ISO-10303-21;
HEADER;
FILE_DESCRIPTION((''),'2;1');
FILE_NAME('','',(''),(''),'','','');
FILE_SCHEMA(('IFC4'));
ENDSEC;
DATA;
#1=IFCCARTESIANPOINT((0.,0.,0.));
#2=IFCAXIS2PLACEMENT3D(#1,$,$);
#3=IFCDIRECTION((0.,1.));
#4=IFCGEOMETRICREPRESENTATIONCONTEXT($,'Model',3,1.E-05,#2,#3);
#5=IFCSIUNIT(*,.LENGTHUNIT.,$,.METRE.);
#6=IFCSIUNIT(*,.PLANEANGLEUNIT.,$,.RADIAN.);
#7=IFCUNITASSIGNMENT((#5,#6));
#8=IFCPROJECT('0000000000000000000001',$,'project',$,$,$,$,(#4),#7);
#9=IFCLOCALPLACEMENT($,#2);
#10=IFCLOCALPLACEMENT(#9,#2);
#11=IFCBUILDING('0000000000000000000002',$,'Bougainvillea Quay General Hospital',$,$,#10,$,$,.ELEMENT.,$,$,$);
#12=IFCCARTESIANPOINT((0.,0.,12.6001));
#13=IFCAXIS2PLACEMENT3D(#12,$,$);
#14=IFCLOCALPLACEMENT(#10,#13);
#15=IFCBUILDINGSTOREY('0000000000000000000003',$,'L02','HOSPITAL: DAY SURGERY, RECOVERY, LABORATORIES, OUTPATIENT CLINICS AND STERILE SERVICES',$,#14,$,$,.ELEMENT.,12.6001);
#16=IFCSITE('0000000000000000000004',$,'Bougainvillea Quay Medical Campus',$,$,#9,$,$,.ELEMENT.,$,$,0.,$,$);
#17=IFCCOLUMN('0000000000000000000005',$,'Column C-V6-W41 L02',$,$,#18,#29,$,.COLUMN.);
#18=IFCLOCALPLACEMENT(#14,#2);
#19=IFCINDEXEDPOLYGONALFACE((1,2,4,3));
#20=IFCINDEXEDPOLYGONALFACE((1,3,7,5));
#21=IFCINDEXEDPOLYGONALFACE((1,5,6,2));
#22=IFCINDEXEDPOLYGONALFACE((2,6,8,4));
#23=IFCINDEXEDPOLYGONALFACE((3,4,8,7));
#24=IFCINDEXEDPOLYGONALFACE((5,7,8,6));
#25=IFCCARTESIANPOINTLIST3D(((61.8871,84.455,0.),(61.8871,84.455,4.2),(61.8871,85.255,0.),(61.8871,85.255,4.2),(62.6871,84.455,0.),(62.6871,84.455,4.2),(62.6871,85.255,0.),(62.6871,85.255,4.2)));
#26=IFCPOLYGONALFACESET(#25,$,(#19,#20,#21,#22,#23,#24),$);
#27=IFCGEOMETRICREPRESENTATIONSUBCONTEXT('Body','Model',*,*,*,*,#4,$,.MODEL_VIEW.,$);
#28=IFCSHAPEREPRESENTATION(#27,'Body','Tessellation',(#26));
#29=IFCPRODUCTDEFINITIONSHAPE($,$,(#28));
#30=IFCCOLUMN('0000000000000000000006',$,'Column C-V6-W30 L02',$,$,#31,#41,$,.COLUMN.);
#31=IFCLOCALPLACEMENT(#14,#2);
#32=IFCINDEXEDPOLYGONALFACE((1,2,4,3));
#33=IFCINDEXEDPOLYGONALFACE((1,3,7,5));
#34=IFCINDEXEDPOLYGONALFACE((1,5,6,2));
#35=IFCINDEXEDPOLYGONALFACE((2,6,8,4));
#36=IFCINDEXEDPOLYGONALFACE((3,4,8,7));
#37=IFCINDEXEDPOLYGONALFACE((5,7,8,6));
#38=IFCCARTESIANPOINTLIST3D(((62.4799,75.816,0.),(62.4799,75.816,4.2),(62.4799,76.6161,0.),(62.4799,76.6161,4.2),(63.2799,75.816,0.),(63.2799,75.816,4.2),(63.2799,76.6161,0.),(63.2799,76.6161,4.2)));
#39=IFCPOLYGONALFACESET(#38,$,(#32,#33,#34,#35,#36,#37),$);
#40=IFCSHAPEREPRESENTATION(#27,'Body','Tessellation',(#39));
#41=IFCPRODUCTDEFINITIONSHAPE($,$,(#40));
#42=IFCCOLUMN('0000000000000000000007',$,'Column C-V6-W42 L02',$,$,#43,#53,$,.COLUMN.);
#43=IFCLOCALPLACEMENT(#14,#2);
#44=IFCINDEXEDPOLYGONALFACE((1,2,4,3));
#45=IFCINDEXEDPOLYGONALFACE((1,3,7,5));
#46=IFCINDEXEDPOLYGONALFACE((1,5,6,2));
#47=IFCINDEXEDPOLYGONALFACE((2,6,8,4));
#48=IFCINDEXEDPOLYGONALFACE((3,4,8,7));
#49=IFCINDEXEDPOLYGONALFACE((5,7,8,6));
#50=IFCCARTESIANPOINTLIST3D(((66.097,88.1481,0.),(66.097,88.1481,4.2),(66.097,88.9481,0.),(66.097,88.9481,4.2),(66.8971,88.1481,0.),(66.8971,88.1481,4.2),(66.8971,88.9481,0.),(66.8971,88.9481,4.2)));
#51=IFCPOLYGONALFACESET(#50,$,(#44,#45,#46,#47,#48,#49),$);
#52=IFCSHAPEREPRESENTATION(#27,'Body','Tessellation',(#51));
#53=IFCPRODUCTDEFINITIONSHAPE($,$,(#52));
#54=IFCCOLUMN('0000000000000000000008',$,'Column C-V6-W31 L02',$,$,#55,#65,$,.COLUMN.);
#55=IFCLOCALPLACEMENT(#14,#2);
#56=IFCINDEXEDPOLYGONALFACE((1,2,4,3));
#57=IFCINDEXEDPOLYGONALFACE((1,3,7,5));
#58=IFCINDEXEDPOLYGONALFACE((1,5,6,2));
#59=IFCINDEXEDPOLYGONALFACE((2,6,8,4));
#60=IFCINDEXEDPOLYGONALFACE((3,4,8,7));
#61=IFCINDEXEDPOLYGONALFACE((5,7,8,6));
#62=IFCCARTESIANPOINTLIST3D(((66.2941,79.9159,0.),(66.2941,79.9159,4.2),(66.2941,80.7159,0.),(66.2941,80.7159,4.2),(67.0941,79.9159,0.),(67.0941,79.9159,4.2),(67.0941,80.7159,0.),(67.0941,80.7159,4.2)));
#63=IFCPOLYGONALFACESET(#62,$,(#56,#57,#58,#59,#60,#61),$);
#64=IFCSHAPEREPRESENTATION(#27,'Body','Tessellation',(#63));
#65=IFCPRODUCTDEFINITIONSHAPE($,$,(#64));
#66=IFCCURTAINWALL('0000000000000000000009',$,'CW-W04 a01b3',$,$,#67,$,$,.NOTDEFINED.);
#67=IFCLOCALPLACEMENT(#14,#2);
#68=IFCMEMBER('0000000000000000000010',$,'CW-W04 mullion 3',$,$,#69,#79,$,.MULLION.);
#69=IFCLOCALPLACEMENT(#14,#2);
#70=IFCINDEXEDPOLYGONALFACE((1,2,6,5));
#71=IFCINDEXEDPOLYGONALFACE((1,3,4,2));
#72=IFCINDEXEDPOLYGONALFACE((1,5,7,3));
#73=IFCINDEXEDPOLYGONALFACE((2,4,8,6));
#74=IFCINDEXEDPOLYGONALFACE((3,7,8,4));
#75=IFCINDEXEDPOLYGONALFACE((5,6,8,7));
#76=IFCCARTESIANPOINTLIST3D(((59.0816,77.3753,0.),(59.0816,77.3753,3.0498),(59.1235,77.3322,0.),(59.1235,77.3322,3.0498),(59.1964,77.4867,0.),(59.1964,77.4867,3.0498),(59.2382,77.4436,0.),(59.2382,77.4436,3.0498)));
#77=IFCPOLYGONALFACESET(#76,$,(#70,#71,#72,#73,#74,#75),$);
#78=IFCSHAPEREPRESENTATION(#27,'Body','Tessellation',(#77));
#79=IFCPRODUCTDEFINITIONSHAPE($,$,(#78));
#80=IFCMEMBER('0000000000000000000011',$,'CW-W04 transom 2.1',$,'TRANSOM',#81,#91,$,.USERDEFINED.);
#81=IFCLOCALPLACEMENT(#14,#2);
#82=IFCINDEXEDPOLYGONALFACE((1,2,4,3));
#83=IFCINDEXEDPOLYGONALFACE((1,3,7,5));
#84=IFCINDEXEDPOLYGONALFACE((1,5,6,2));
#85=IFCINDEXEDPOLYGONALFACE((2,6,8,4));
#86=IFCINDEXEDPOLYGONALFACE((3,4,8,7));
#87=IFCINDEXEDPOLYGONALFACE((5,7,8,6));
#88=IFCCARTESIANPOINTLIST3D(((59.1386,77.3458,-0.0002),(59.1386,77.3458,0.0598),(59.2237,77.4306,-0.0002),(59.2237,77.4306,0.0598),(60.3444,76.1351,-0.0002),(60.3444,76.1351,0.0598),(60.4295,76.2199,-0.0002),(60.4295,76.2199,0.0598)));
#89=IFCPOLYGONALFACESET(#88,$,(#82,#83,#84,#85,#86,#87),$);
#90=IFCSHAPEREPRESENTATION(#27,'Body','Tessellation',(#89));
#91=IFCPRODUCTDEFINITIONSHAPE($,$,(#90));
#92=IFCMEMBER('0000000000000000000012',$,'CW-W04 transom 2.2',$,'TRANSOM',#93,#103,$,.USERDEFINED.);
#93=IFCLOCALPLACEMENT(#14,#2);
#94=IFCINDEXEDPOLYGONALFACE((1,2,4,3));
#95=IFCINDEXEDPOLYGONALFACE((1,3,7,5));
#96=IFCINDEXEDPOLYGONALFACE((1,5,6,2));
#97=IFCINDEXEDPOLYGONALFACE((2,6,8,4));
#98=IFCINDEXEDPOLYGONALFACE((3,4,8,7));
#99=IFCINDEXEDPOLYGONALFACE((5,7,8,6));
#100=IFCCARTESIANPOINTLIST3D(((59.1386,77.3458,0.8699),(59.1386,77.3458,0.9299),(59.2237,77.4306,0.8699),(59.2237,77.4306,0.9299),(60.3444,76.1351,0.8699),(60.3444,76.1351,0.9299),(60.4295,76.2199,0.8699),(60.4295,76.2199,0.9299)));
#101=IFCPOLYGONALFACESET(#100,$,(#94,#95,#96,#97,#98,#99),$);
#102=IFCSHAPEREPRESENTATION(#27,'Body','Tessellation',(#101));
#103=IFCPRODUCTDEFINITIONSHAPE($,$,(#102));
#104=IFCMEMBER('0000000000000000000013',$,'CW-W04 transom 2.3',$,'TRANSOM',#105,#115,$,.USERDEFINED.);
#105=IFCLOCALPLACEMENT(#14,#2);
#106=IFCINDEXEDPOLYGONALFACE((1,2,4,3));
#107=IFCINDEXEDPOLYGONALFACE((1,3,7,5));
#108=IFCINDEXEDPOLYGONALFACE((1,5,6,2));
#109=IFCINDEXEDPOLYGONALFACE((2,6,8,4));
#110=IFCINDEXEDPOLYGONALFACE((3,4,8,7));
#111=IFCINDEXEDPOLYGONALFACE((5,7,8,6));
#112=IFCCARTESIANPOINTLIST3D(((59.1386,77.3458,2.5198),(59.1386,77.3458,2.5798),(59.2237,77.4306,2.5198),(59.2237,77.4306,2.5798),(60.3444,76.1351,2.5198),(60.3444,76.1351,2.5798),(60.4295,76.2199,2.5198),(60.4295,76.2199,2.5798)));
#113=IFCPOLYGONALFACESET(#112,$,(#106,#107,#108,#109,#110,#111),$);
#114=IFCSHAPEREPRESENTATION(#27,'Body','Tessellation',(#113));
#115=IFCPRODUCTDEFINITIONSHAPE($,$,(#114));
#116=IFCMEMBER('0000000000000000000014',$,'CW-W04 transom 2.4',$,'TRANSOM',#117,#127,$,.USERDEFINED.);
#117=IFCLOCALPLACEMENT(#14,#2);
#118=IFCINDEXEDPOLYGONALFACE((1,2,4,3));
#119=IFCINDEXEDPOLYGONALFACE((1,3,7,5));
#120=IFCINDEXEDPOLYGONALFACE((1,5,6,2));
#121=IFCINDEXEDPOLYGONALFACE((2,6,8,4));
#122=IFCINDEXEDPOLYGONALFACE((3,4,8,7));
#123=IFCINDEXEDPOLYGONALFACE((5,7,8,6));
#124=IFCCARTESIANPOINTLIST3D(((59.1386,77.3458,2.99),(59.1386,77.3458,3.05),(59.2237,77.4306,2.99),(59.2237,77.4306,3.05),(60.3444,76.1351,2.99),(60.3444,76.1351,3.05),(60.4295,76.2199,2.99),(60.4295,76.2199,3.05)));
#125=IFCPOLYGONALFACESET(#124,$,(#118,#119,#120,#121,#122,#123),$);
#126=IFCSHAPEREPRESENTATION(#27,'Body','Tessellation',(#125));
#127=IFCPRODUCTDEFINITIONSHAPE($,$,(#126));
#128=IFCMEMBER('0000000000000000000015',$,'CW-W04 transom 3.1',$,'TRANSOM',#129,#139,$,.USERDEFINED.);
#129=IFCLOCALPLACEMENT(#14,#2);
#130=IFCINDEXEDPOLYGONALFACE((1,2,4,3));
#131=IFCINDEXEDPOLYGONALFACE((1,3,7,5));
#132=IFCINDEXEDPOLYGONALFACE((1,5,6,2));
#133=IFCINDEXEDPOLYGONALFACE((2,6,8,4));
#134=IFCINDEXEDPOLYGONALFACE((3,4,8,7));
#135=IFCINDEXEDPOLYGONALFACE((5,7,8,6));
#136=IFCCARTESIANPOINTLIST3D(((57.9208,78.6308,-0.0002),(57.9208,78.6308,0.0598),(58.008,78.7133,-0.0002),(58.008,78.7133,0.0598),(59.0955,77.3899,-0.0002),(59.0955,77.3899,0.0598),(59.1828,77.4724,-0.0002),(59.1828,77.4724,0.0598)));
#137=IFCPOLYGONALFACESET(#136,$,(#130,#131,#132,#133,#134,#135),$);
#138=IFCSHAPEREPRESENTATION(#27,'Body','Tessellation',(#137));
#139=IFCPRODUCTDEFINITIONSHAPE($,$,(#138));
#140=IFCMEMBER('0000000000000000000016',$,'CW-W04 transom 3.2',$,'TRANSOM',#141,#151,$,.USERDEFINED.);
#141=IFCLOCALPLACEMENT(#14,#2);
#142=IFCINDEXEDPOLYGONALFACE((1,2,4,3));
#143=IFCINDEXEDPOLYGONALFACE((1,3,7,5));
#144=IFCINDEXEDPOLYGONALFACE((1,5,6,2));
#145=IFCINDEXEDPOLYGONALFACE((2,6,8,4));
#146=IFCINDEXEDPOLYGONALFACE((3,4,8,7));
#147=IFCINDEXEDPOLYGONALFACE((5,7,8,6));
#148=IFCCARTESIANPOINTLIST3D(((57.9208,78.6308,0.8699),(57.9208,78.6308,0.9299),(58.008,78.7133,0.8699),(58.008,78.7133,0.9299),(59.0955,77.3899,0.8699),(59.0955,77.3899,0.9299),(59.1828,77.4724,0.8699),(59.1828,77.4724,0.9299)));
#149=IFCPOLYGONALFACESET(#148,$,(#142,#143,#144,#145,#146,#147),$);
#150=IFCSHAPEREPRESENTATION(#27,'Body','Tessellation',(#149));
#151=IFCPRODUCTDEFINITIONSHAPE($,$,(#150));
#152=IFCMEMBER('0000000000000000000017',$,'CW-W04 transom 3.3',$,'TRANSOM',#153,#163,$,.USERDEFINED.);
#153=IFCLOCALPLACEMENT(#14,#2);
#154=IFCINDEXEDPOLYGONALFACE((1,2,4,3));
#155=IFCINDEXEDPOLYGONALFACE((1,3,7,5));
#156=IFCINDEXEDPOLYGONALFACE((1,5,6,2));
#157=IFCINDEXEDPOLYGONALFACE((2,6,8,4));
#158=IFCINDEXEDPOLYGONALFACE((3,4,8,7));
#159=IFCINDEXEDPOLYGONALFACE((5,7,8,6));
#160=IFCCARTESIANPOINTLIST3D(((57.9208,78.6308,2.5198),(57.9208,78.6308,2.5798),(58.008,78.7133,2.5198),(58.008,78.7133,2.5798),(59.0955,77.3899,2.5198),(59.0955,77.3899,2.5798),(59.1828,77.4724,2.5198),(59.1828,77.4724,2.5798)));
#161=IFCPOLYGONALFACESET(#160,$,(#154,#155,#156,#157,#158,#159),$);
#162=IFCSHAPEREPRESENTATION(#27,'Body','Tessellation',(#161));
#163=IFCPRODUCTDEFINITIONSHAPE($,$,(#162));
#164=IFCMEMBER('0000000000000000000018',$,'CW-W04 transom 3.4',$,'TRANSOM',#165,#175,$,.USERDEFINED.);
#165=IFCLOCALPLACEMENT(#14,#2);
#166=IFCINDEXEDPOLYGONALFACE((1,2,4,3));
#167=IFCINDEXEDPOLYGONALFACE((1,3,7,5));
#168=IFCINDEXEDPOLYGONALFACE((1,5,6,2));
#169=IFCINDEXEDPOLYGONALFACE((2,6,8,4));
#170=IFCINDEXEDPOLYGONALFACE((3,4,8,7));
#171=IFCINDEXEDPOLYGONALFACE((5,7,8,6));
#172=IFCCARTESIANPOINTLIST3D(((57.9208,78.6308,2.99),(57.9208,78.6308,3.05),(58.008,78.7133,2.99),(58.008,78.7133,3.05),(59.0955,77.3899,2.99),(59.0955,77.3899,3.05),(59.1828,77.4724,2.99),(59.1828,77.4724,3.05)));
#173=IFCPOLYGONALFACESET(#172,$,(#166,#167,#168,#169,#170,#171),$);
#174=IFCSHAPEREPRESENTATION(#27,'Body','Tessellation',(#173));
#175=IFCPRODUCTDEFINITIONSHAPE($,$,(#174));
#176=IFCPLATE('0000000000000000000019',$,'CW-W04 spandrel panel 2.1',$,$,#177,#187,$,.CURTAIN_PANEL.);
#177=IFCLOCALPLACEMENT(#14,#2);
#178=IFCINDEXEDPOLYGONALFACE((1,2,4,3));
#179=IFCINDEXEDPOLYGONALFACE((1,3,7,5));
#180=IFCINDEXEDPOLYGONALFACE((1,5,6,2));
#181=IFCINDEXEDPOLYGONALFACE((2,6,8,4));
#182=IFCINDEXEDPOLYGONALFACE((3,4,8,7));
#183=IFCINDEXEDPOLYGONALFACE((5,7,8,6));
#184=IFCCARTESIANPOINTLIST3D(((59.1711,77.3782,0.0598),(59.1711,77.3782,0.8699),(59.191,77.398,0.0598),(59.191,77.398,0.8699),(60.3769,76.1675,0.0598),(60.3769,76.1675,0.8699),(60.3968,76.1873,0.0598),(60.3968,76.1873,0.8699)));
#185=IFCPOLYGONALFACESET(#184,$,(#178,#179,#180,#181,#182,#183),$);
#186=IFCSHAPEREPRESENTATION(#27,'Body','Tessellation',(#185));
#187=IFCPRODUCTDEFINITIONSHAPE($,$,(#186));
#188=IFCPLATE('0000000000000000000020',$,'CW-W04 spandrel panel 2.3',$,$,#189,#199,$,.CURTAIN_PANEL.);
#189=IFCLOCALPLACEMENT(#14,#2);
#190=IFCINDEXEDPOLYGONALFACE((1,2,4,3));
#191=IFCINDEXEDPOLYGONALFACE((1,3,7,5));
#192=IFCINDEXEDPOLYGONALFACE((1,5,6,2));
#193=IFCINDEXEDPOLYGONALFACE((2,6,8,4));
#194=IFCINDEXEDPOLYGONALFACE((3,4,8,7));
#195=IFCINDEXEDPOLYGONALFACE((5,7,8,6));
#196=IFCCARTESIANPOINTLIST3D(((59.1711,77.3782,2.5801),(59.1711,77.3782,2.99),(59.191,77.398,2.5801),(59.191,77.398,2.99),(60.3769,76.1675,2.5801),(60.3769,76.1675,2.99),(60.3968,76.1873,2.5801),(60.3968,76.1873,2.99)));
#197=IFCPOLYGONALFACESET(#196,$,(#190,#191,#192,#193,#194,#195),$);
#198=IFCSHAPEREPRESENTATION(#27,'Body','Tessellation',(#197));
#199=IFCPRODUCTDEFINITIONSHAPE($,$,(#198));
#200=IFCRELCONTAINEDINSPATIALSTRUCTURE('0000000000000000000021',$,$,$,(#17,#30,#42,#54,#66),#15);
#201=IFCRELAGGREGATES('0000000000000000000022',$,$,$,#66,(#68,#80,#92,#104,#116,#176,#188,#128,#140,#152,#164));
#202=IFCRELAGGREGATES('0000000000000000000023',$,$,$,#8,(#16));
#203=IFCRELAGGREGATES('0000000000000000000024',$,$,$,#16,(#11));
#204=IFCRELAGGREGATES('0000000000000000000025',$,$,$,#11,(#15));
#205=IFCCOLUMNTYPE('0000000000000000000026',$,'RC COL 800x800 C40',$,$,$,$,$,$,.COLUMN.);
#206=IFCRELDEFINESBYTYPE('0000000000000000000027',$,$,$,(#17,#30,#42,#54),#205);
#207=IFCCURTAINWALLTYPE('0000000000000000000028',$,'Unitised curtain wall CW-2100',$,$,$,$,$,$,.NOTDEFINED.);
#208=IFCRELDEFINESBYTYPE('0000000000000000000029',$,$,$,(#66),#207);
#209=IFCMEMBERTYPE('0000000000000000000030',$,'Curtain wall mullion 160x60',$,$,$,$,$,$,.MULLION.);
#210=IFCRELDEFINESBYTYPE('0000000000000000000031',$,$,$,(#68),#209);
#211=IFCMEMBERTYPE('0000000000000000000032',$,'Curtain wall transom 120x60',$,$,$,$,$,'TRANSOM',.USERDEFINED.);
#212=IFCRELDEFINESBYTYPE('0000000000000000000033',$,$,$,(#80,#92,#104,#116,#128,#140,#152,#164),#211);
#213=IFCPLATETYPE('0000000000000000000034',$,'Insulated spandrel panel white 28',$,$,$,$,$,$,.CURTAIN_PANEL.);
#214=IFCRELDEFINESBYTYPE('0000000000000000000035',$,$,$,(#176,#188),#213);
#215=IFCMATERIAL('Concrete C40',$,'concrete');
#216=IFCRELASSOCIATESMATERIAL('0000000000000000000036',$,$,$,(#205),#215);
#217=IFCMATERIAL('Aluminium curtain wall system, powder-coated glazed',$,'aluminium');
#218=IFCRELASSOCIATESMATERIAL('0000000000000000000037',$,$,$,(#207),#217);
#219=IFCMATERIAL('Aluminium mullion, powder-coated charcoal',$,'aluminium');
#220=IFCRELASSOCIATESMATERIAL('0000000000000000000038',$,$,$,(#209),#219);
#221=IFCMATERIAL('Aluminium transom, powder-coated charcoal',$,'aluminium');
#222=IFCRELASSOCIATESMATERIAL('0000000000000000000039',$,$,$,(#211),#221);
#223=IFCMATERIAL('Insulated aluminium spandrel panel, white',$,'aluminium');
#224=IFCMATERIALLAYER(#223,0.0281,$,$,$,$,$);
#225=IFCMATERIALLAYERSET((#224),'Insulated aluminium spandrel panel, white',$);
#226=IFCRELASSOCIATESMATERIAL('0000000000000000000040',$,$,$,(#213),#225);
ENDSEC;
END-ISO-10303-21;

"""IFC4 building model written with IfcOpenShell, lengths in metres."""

from ifc_helpers import new_model, si_unit, direction, frame, origin, origin_2d, place, context, subcontext, project, spatial, rectangle, extrude, material, layer, layer_set, material_profile, profile_set, type_object, element, aggregate, save


model = new_model("IFC4")

# Units and contexts
model_context = context("Model", 3, precision=1e-05, world=origin(), true_north=direction((0.0, 1.0)))
body_context = subcontext(model_context, "Body", "Model", "MODEL_VIEW")
ifc_project = project(units=[si_unit("LENGTHUNIT", "METRE"), si_unit("PLANEANGLEUNIT", "RADIAN")], contexts=[model_context])

# Site, building, storey
site_placement = place(None, origin())
site = spatial("IfcSite", under=ifc_project, at=site_placement, Name="Bougainvillea Quay Medical Campus", CompositionType="ELEMENT", RefElevation=0.0)
building_placement = place(site_placement, origin())
building = spatial("IfcBuilding", under=site, at=building_placement, Name="Bougainvillea Quay General Hospital", CompositionType="ELEMENT")
storey_placement = place(building_placement, frame((0.0, 0.0, 12.6001)))
storey = spatial("IfcBuildingStorey", under=building, at=storey_placement, Name="L02", Description="HOSPITAL: DAY SURGERY, RECOVERY, LABORATORIES, OUTPATIENT CLINICS AND STERILE SERVICES", CompositionType="ELEMENT", Elevation=12.6001)

# Columns
ifc_material_1 = material(Name="Concrete C40", Category="concrete")
ifc_material_profile_1 = material_profile(ifc_material_1, rectangle(XDim=0.8, YDim=0.8, at=origin_2d()))
ifc_profile_set_1 = profile_set([ifc_material_profile_1], Name="Concrete C40")
column_type = type_object("IfcColumnType", Name="RC COL 800x800 C40", PredefinedType="COLUMN", material=ifc_profile_set_1)
for number, where, z_axis, x_axis, name in (
    (1, (62.2871, 84.855, 0.0), (0.0, 0.0, 1.0), (1.0, 0.0, 0.0), "Column C-V6-W41 L02"),
    (2, (62.8799, 76.2161, 0.0), (0.0, 0.0, 1.0), (1.0, 0.0, 0.0), "Column C-V6-W30 L02"),
    (3, (66.4971, 88.5481, 0.0), (0.0, 0.0, 1.0), (1.0, 0.0, 0.0), "Column C-V6-W42 L02"),
    (4, (66.6941, 80.3159, 0.0), (0.0, 0.0, 1.0), (1.0, 0.0, 0.0), "Column C-V6-W31 L02"),
):
    element("IfcColumn", number, at=place(storey_placement, frame(where, z_axis=z_axis, x_axis=x_axis)), inside=storey, type_object=column_type, Name=name, PredefinedType="COLUMN", context=body_context, shape_type="SweptSolid", body=[
        extrude(rectangle(XDim=0.8, YDim=0.8, at=origin_2d()), origin(), (0.0, 0.0, 1.0), 4.2),
    ])

# Curtain wall, members, plates
ifc_material_2 = material(Name="Aluminium curtain wall system, powder-coated glazed", Category="aluminium")
curtain_wall_type = type_object("IfcCurtainWallType", Name="Unitised curtain wall CW-2100", PredefinedType="NOTDEFINED", material=ifc_material_2)
curtain_wall_placement = place(storey_placement, origin())
curtain_wall = element("IfcCurtainWall", 5, at=curtain_wall_placement, inside=storey, type_object=curtain_wall_type, Name="CW-W04 a01b3", PredefinedType="NOTDEFINED")
ifc_material_3 = material(Name="Aluminium mullion, powder-coated charcoal", Category="aluminium")
ifc_material_profile_2 = material_profile(ifc_material_3, rectangle(XDim=0.1599, YDim=0.0601, at=origin_2d()))
ifc_profile_set_2 = profile_set([ifc_material_profile_2], Name="Aluminium mullion, powder-coated charcoal")
member_type_1 = type_object("IfcMemberType", Name="Curtain wall mullion 160x60", PredefinedType="MULLION", material=ifc_profile_set_2)
member_1_placement = place(storey_placement, frame((59.1599, 77.4094, 0.0), z_axis=(0.0, 0.0, 1.0), x_axis=(-0.717421, -0.696639, 0.0)))
member_1 = element("IfcMember", 6, at=member_1_placement, type_object=member_type_1, Name="CW-W04 mullion 3", PredefinedType="MULLION", context=body_context, shape_type="SweptSolid", body=[
    extrude(rectangle(XDim=0.1599, YDim=0.0601, at=origin_2d()), origin(), (0.0, 0.0, 1.0), 3.0498),
])
ifc_material_4 = material(Name="Aluminium transom, powder-coated charcoal", Category="aluminium")
ifc_material_profile_3 = material_profile(ifc_material_4, rectangle(XDim=0.1201, YDim=0.0601, at=origin_2d()))
ifc_profile_set_3 = profile_set([ifc_material_profile_3], Name="Aluminium transom, powder-coated charcoal")
member_type_2 = type_object("IfcMemberType", Name="Curtain wall transom 120x60", ElementType="TRANSOM", PredefinedType="USERDEFINED", material=ifc_profile_set_3)
member_2_placement = place(storey_placement, frame((60.387, 76.1775, 0.0298), z_axis=(-0.705677, 0.708534, 0.0), x_axis=(-0.708534, -0.705677, 0.0)))
member_2 = element("IfcMember", 7, at=member_2_placement, type_object=member_type_2, Name="CW-W04 transom 2.1", ObjectType="TRANSOM", PredefinedType="USERDEFINED", context=body_context, shape_type="SweptSolid", body=[
    extrude(rectangle(XDim=0.1201, YDim=0.0601, at=origin_2d()), origin(), (0.0, 0.0, 1.0), 1.7087),
])
member_3_placement = place(storey_placement, frame((60.387, 76.1775, 0.8999), z_axis=(-0.705677, 0.708534, 0.0), x_axis=(-0.708534, -0.705677, 0.0)))
member_3 = element("IfcMember", 8, at=member_3_placement, type_object=member_type_2, Name="CW-W04 transom 2.2", ObjectType="TRANSOM", PredefinedType="USERDEFINED", context=body_context, shape_type="SweptSolid", body=[
    extrude(rectangle(XDim=0.1201, YDim=0.0601, at=origin_2d()), origin(), (0.0, 0.0, 1.0), 1.7087),
])
member_4_placement = place(storey_placement, frame((60.387, 76.1775, 2.5498), z_axis=(-0.705677, 0.708534, 0.0), x_axis=(-0.708534, -0.705677, 0.0)))
member_4 = element("IfcMember", 9, at=member_4_placement, type_object=member_type_2, Name="CW-W04 transom 2.3", ObjectType="TRANSOM", PredefinedType="USERDEFINED", context=body_context, shape_type="SweptSolid", body=[
    extrude(rectangle(XDim=0.1201, YDim=0.0601, at=origin_2d()), origin(), (0.0, 0.0, 1.0), 1.7087),
])
member_5_placement = place(storey_placement, frame((60.387, 76.1775, 3.02), z_axis=(-0.705677, 0.708534, 0.0), x_axis=(-0.708534, -0.705677, 0.0)))
member_5 = element("IfcMember", 10, at=member_5_placement, type_object=member_type_2, Name="CW-W04 transom 2.4", ObjectType="TRANSOM", PredefinedType="USERDEFINED", context=body_context, shape_type="SweptSolid", body=[
    extrude(rectangle(XDim=0.1201, YDim=0.0601, at=origin_2d()), origin(), (0.0, 0.0, 1.0), 1.7087),
])
member_6_placement = place(storey_placement, frame((59.1392, 77.4312, 0.0298), z_axis=(-0.687483, 0.7262, 0.0), x_axis=(-0.7262, -0.687483, 0.0)))
member_6 = element("IfcMember", 11, at=member_6_placement, type_object=member_type_2, Name="CW-W04 transom 3.1", ObjectType="TRANSOM", PredefinedType="USERDEFINED", context=body_context, shape_type="SweptSolid", body=[
    extrude(rectangle(XDim=0.1201, YDim=0.0601, at=origin_2d()), origin(), (0.0, 0.0, 1.0), 1.7087),
])
member_7_placement = place(storey_placement, frame((59.1392, 77.4312, 0.8999), z_axis=(-0.687483, 0.7262, 0.0), x_axis=(-0.7262, -0.687483, 0.0)))
member_7 = element("IfcMember", 12, at=member_7_placement, type_object=member_type_2, Name="CW-W04 transom 3.2", ObjectType="TRANSOM", PredefinedType="USERDEFINED", context=body_context, shape_type="SweptSolid", body=[
    extrude(rectangle(XDim=0.1201, YDim=0.0601, at=origin_2d()), origin(), (0.0, 0.0, 1.0), 1.7087),
])
member_8_placement = place(storey_placement, frame((59.1392, 77.4312, 2.5498), z_axis=(-0.687483, 0.7262, 0.0), x_axis=(-0.7262, -0.687483, 0.0)))
member_8 = element("IfcMember", 13, at=member_8_placement, type_object=member_type_2, Name="CW-W04 transom 3.3", ObjectType="TRANSOM", PredefinedType="USERDEFINED", context=body_context, shape_type="SweptSolid", body=[
    extrude(rectangle(XDim=0.1201, YDim=0.0601, at=origin_2d()), origin(), (0.0, 0.0, 1.0), 1.7087),
])
member_9_placement = place(storey_placement, frame((59.1392, 77.4312, 3.02), z_axis=(-0.687483, 0.7262, 0.0), x_axis=(-0.7262, -0.687483, 0.0)))
member_9 = element("IfcMember", 14, at=member_9_placement, type_object=member_type_2, Name="CW-W04 transom 3.4", ObjectType="TRANSOM", PredefinedType="USERDEFINED", context=body_context, shape_type="SweptSolid", body=[
    extrude(rectangle(XDim=0.1201, YDim=0.0601, at=origin_2d()), origin(), (0.0, 0.0, 1.0), 1.7087),
])
ifc_material_5 = material(Name="Insulated aluminium spandrel panel, white", Category="aluminium")
ifc_layer_1 = layer(ifc_material_5, 0.0281)
ifc_layer_set_1 = layer_set([ifc_layer_1], Name="Insulated aluminium spandrel panel, white")
plate_type_1 = type_object("IfcPlateType", Name="Insulated spandrel panel white 28", PredefinedType="CURTAIN_PANEL", material=ifc_layer_set_1)
plate_1_placement = place(storey_placement, frame((59.7839, 76.7827, 0.0598), z_axis=(0.0, 0.0, 1.0), x_axis=(-0.70568, 0.708531, 0.0)))
plate_1 = element("IfcPlate", 15, at=plate_1_placement, type_object=plate_type_1, Name="CW-W04 spandrel panel 2.1", PredefinedType="CURTAIN_PANEL", context=body_context, shape_type="SweptSolid", body=[
    extrude(rectangle(XDim=1.7087, YDim=0.0281, at=origin_2d()), origin(), (0.0, 0.0, 1.0), 0.8101),
])
plate_2_placement = place(storey_placement, frame((59.7839, 76.7827, 2.5801), z_axis=(0.0, 0.0, 1.0), x_axis=(-0.70568, 0.708531, 0.0)))
plate_2 = element("IfcPlate", 16, at=plate_2_placement, type_object=plate_type_1, Name="CW-W04 spandrel panel 2.3", PredefinedType="CURTAIN_PANEL", context=body_context, shape_type="SweptSolid", body=[
    extrude(rectangle(XDim=1.7087, YDim=0.0281, at=origin_2d()), origin(), (0.0, 0.0, 1.0), 0.4099),
])
aggregate(curtain_wall, [member_1, member_2, member_3, member_4, member_5, plate_1, plate_2, member_6, member_7, member_8, member_9])

save(model, "model.ifc")
